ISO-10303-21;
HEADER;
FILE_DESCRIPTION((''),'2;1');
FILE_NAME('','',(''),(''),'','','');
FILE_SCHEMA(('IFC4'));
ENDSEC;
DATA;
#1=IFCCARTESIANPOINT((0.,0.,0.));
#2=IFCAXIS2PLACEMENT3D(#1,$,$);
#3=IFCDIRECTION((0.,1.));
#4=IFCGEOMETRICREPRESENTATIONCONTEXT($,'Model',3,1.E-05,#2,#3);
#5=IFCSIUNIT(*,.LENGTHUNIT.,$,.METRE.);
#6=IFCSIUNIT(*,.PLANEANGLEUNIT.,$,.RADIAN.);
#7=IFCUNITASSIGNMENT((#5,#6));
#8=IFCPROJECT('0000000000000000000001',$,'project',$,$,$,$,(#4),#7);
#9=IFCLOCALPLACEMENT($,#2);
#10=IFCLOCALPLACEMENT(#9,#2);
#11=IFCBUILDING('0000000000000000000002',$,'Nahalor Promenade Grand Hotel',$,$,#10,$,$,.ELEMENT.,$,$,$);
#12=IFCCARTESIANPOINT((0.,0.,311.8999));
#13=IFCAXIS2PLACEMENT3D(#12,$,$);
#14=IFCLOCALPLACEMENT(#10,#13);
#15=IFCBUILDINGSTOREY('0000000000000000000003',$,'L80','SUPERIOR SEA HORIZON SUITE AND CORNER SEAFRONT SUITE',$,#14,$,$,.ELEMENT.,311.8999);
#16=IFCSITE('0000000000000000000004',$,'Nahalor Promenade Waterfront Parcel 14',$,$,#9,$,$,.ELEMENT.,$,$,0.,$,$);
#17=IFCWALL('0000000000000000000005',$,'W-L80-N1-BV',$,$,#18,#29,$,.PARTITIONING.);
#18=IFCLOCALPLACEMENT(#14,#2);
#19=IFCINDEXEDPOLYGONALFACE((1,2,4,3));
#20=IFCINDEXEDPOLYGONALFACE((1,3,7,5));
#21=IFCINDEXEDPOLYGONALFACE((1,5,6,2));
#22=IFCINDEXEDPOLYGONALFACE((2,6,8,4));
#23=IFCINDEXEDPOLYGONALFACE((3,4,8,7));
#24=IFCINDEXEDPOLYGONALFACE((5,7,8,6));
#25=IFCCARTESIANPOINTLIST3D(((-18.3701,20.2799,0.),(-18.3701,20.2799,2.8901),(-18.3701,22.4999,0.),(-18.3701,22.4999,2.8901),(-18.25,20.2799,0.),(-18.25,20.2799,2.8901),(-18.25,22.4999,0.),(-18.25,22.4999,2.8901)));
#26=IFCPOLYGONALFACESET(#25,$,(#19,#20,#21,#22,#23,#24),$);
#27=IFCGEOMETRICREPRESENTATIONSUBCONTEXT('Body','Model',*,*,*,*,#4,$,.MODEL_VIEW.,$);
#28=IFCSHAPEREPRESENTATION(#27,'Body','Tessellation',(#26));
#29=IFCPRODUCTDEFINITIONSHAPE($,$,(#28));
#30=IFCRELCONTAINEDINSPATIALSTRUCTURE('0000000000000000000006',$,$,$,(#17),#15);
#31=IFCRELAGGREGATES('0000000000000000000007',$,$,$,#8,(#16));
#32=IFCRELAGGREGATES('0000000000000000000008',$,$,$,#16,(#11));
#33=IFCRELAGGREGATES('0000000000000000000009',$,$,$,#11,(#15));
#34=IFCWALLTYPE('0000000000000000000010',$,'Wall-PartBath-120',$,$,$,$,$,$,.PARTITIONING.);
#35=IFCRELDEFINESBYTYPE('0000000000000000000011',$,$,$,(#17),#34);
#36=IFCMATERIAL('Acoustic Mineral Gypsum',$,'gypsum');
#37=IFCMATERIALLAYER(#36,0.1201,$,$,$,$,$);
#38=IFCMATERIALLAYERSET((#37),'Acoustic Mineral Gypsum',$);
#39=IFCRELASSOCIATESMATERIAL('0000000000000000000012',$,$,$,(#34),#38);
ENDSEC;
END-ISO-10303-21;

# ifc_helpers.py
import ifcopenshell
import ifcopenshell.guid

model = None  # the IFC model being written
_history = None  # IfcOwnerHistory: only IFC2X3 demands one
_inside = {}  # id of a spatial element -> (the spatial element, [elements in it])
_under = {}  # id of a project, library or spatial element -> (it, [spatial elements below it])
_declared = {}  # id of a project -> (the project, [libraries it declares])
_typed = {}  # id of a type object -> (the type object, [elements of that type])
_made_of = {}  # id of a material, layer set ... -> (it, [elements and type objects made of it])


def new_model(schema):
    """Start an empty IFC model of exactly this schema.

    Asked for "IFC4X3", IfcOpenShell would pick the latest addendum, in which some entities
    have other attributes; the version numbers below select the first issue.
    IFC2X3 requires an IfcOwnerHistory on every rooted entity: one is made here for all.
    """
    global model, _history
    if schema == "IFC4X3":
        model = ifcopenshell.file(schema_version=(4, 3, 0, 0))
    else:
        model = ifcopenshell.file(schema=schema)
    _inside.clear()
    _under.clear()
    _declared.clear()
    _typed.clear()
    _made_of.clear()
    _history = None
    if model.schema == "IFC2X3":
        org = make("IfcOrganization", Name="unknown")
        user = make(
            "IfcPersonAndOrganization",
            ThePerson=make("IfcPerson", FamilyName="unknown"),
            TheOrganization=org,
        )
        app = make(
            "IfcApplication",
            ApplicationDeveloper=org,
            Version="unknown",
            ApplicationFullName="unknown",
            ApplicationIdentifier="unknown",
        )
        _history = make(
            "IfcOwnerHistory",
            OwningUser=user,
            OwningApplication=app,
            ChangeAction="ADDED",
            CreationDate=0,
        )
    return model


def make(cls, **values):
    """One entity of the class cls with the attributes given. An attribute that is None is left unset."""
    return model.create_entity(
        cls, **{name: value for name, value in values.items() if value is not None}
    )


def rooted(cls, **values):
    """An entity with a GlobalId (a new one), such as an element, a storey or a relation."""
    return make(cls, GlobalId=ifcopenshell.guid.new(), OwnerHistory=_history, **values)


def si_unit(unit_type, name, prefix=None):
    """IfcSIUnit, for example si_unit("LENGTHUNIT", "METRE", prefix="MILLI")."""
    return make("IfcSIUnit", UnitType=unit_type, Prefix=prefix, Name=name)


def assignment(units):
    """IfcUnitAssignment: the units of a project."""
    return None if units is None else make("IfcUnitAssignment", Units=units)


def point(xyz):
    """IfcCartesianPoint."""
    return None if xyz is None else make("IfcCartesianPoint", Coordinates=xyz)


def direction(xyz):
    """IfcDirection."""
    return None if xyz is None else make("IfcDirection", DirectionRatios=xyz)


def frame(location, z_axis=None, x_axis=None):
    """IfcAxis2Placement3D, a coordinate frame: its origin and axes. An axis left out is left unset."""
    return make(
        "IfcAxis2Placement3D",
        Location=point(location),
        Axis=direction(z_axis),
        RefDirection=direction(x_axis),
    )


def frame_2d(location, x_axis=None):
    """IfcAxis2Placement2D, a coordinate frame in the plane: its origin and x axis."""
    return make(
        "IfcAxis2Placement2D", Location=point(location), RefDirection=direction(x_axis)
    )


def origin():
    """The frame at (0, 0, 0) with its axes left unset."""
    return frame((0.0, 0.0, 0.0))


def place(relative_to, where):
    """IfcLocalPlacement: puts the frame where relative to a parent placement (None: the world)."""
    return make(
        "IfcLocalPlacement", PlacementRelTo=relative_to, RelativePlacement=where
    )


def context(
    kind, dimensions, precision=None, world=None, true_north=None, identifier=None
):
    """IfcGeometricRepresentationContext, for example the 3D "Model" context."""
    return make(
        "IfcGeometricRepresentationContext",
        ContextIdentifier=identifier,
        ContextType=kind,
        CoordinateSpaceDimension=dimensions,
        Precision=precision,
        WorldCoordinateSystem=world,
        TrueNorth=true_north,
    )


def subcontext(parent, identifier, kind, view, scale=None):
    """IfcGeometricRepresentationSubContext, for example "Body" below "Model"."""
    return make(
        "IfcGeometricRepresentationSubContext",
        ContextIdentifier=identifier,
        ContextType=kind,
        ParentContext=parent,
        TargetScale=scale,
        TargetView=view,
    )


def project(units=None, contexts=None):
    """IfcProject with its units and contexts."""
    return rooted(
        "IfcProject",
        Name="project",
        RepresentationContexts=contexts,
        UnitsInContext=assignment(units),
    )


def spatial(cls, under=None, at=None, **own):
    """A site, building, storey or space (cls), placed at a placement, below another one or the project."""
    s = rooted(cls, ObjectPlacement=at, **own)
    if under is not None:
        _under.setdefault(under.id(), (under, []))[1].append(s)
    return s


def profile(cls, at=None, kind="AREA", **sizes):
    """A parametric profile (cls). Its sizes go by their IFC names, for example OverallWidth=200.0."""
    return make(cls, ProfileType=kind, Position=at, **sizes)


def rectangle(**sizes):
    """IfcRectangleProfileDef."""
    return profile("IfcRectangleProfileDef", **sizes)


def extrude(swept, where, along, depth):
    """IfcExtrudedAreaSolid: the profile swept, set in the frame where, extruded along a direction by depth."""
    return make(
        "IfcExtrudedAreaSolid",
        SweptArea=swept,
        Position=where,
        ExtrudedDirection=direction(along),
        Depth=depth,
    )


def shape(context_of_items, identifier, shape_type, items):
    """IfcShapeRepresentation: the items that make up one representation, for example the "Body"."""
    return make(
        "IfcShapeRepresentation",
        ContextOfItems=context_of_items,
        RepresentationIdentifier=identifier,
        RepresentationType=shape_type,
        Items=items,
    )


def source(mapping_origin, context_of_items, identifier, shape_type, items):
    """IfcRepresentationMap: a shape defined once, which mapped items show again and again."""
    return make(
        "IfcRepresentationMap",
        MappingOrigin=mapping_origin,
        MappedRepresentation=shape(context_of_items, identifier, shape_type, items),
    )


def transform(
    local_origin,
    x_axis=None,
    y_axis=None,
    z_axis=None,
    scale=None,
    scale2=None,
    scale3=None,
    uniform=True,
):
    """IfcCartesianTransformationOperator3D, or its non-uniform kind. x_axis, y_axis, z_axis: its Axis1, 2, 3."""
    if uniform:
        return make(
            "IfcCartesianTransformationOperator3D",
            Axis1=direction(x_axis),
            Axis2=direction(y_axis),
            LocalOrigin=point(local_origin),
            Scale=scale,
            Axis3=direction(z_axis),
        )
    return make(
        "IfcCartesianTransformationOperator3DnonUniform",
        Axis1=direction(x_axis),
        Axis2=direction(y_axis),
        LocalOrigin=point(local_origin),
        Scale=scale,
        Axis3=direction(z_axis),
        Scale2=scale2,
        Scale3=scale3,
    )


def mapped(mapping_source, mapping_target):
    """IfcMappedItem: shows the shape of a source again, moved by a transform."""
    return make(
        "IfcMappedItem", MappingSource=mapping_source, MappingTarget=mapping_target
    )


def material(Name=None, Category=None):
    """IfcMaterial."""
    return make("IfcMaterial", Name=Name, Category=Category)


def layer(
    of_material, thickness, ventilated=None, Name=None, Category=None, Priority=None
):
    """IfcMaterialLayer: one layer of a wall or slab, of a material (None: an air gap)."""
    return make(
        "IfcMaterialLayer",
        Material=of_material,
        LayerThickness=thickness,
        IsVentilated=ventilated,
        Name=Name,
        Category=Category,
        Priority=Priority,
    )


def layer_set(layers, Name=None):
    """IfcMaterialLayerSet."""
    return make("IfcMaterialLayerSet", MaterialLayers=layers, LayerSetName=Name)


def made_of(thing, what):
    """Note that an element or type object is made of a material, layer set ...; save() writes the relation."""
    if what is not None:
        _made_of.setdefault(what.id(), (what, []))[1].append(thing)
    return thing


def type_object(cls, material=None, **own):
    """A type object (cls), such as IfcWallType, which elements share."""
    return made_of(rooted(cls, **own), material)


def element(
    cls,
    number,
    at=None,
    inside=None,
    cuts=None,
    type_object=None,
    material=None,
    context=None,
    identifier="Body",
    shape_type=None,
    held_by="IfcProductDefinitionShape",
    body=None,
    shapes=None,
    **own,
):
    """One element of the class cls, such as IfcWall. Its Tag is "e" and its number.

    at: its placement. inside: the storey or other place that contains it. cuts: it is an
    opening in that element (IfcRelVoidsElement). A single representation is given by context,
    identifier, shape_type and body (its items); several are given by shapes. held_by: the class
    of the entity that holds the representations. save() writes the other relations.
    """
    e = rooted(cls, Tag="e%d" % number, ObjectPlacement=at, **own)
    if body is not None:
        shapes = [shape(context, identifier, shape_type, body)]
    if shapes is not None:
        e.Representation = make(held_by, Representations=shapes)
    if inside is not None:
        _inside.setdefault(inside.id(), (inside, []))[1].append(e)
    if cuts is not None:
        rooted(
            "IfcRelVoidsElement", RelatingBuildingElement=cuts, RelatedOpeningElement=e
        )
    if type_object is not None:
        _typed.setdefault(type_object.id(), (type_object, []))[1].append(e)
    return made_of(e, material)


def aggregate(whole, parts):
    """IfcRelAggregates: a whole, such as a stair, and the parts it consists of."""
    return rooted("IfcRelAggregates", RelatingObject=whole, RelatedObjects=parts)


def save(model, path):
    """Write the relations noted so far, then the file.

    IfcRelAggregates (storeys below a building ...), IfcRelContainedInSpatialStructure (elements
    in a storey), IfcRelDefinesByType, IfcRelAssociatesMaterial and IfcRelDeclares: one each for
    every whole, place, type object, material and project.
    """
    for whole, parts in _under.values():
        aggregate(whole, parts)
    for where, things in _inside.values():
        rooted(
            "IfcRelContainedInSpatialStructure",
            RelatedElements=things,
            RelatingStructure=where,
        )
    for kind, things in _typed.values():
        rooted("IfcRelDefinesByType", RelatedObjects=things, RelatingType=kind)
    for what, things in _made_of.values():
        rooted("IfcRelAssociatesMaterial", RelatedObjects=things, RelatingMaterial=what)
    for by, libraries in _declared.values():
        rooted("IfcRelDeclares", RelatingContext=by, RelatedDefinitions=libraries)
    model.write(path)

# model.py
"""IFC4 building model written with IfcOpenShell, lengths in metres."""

from ifc_helpers import new_model, si_unit, direction, frame, frame_2d, origin, place, context, subcontext, project, spatial, rectangle, extrude, source, transform, mapped, material, layer, layer_set, type_object, element, save


model = new_model("IFC4")

# Units and contexts
model_context = context("Model", 3, precision=1e-05, world=origin(), true_north=direction((0.0, 1.0)))
body_context = subcontext(model_context, "Body", "Model", "MODEL_VIEW")
ifc_project = project(units=[si_unit("LENGTHUNIT", "METRE"), si_unit("PLANEANGLEUNIT", "RADIAN")], contexts=[model_context])

# Site, building, storey
site_placement = place(None, origin())
site = spatial("IfcSite", under=ifc_project, at=site_placement, Name="Nahalor Promenade Waterfront Parcel 14", CompositionType="ELEMENT", RefElevation=0.0)
building_placement = place(site_placement, origin())
building = spatial("IfcBuilding", under=site, at=building_placement, Name="Nahalor Promenade Grand Hotel", CompositionType="ELEMENT")
storey_placement = place(building_placement, frame((0.0, 0.0, 311.8999)))
storey = spatial("IfcBuildingStorey", under=building, at=storey_placement, Name="L80", Description="SUPERIOR SEA HORIZON SUITE AND CORNER SEAFRONT SUITE", CompositionType="ELEMENT", Elevation=311.8999)

# Shared definitions
ifc_material_1 = material(Name="Acoustic Mineral Gypsum", Category="gypsum")
ifc_layer_1 = layer(ifc_material_1, 0.1201)
ifc_layer_set_1 = layer_set([ifc_layer_1], Name="Acoustic Mineral Gypsum")
wall_type_1 = type_object("IfcWallType", Name="Wall-PartBath-120", PredefinedType="PARTITIONING", material=ifc_layer_set_1)

# Wall
shared_shape_1 = source(origin(), body_context, "Body", "SweptSolid", [
    extrude(rectangle(XDim=2.22, YDim=0.1201, at=frame_2d((1.1099, 0.0))), origin(), (0.0, 0.0, 1.0), 2.8901),
])
wall_1_placement = place(storey_placement, frame((-18.3101, 20.28, 0.0), z_axis=(0.0, 0.0, 1.0), x_axis=(0.0, 1.0, 0.0)))
element("IfcWall", 1, at=wall_1_placement, inside=storey, type_object=wall_type_1, Name="W-L80-N1-BV", PredefinedType="PARTITIONING", context=body_context, shape_type="MappedRepresentation", body=[
    mapped(shared_shape_1, transform((0.0, 0.0, 0.0), scale=1.0)),
])

save(model, "model.ifc")
